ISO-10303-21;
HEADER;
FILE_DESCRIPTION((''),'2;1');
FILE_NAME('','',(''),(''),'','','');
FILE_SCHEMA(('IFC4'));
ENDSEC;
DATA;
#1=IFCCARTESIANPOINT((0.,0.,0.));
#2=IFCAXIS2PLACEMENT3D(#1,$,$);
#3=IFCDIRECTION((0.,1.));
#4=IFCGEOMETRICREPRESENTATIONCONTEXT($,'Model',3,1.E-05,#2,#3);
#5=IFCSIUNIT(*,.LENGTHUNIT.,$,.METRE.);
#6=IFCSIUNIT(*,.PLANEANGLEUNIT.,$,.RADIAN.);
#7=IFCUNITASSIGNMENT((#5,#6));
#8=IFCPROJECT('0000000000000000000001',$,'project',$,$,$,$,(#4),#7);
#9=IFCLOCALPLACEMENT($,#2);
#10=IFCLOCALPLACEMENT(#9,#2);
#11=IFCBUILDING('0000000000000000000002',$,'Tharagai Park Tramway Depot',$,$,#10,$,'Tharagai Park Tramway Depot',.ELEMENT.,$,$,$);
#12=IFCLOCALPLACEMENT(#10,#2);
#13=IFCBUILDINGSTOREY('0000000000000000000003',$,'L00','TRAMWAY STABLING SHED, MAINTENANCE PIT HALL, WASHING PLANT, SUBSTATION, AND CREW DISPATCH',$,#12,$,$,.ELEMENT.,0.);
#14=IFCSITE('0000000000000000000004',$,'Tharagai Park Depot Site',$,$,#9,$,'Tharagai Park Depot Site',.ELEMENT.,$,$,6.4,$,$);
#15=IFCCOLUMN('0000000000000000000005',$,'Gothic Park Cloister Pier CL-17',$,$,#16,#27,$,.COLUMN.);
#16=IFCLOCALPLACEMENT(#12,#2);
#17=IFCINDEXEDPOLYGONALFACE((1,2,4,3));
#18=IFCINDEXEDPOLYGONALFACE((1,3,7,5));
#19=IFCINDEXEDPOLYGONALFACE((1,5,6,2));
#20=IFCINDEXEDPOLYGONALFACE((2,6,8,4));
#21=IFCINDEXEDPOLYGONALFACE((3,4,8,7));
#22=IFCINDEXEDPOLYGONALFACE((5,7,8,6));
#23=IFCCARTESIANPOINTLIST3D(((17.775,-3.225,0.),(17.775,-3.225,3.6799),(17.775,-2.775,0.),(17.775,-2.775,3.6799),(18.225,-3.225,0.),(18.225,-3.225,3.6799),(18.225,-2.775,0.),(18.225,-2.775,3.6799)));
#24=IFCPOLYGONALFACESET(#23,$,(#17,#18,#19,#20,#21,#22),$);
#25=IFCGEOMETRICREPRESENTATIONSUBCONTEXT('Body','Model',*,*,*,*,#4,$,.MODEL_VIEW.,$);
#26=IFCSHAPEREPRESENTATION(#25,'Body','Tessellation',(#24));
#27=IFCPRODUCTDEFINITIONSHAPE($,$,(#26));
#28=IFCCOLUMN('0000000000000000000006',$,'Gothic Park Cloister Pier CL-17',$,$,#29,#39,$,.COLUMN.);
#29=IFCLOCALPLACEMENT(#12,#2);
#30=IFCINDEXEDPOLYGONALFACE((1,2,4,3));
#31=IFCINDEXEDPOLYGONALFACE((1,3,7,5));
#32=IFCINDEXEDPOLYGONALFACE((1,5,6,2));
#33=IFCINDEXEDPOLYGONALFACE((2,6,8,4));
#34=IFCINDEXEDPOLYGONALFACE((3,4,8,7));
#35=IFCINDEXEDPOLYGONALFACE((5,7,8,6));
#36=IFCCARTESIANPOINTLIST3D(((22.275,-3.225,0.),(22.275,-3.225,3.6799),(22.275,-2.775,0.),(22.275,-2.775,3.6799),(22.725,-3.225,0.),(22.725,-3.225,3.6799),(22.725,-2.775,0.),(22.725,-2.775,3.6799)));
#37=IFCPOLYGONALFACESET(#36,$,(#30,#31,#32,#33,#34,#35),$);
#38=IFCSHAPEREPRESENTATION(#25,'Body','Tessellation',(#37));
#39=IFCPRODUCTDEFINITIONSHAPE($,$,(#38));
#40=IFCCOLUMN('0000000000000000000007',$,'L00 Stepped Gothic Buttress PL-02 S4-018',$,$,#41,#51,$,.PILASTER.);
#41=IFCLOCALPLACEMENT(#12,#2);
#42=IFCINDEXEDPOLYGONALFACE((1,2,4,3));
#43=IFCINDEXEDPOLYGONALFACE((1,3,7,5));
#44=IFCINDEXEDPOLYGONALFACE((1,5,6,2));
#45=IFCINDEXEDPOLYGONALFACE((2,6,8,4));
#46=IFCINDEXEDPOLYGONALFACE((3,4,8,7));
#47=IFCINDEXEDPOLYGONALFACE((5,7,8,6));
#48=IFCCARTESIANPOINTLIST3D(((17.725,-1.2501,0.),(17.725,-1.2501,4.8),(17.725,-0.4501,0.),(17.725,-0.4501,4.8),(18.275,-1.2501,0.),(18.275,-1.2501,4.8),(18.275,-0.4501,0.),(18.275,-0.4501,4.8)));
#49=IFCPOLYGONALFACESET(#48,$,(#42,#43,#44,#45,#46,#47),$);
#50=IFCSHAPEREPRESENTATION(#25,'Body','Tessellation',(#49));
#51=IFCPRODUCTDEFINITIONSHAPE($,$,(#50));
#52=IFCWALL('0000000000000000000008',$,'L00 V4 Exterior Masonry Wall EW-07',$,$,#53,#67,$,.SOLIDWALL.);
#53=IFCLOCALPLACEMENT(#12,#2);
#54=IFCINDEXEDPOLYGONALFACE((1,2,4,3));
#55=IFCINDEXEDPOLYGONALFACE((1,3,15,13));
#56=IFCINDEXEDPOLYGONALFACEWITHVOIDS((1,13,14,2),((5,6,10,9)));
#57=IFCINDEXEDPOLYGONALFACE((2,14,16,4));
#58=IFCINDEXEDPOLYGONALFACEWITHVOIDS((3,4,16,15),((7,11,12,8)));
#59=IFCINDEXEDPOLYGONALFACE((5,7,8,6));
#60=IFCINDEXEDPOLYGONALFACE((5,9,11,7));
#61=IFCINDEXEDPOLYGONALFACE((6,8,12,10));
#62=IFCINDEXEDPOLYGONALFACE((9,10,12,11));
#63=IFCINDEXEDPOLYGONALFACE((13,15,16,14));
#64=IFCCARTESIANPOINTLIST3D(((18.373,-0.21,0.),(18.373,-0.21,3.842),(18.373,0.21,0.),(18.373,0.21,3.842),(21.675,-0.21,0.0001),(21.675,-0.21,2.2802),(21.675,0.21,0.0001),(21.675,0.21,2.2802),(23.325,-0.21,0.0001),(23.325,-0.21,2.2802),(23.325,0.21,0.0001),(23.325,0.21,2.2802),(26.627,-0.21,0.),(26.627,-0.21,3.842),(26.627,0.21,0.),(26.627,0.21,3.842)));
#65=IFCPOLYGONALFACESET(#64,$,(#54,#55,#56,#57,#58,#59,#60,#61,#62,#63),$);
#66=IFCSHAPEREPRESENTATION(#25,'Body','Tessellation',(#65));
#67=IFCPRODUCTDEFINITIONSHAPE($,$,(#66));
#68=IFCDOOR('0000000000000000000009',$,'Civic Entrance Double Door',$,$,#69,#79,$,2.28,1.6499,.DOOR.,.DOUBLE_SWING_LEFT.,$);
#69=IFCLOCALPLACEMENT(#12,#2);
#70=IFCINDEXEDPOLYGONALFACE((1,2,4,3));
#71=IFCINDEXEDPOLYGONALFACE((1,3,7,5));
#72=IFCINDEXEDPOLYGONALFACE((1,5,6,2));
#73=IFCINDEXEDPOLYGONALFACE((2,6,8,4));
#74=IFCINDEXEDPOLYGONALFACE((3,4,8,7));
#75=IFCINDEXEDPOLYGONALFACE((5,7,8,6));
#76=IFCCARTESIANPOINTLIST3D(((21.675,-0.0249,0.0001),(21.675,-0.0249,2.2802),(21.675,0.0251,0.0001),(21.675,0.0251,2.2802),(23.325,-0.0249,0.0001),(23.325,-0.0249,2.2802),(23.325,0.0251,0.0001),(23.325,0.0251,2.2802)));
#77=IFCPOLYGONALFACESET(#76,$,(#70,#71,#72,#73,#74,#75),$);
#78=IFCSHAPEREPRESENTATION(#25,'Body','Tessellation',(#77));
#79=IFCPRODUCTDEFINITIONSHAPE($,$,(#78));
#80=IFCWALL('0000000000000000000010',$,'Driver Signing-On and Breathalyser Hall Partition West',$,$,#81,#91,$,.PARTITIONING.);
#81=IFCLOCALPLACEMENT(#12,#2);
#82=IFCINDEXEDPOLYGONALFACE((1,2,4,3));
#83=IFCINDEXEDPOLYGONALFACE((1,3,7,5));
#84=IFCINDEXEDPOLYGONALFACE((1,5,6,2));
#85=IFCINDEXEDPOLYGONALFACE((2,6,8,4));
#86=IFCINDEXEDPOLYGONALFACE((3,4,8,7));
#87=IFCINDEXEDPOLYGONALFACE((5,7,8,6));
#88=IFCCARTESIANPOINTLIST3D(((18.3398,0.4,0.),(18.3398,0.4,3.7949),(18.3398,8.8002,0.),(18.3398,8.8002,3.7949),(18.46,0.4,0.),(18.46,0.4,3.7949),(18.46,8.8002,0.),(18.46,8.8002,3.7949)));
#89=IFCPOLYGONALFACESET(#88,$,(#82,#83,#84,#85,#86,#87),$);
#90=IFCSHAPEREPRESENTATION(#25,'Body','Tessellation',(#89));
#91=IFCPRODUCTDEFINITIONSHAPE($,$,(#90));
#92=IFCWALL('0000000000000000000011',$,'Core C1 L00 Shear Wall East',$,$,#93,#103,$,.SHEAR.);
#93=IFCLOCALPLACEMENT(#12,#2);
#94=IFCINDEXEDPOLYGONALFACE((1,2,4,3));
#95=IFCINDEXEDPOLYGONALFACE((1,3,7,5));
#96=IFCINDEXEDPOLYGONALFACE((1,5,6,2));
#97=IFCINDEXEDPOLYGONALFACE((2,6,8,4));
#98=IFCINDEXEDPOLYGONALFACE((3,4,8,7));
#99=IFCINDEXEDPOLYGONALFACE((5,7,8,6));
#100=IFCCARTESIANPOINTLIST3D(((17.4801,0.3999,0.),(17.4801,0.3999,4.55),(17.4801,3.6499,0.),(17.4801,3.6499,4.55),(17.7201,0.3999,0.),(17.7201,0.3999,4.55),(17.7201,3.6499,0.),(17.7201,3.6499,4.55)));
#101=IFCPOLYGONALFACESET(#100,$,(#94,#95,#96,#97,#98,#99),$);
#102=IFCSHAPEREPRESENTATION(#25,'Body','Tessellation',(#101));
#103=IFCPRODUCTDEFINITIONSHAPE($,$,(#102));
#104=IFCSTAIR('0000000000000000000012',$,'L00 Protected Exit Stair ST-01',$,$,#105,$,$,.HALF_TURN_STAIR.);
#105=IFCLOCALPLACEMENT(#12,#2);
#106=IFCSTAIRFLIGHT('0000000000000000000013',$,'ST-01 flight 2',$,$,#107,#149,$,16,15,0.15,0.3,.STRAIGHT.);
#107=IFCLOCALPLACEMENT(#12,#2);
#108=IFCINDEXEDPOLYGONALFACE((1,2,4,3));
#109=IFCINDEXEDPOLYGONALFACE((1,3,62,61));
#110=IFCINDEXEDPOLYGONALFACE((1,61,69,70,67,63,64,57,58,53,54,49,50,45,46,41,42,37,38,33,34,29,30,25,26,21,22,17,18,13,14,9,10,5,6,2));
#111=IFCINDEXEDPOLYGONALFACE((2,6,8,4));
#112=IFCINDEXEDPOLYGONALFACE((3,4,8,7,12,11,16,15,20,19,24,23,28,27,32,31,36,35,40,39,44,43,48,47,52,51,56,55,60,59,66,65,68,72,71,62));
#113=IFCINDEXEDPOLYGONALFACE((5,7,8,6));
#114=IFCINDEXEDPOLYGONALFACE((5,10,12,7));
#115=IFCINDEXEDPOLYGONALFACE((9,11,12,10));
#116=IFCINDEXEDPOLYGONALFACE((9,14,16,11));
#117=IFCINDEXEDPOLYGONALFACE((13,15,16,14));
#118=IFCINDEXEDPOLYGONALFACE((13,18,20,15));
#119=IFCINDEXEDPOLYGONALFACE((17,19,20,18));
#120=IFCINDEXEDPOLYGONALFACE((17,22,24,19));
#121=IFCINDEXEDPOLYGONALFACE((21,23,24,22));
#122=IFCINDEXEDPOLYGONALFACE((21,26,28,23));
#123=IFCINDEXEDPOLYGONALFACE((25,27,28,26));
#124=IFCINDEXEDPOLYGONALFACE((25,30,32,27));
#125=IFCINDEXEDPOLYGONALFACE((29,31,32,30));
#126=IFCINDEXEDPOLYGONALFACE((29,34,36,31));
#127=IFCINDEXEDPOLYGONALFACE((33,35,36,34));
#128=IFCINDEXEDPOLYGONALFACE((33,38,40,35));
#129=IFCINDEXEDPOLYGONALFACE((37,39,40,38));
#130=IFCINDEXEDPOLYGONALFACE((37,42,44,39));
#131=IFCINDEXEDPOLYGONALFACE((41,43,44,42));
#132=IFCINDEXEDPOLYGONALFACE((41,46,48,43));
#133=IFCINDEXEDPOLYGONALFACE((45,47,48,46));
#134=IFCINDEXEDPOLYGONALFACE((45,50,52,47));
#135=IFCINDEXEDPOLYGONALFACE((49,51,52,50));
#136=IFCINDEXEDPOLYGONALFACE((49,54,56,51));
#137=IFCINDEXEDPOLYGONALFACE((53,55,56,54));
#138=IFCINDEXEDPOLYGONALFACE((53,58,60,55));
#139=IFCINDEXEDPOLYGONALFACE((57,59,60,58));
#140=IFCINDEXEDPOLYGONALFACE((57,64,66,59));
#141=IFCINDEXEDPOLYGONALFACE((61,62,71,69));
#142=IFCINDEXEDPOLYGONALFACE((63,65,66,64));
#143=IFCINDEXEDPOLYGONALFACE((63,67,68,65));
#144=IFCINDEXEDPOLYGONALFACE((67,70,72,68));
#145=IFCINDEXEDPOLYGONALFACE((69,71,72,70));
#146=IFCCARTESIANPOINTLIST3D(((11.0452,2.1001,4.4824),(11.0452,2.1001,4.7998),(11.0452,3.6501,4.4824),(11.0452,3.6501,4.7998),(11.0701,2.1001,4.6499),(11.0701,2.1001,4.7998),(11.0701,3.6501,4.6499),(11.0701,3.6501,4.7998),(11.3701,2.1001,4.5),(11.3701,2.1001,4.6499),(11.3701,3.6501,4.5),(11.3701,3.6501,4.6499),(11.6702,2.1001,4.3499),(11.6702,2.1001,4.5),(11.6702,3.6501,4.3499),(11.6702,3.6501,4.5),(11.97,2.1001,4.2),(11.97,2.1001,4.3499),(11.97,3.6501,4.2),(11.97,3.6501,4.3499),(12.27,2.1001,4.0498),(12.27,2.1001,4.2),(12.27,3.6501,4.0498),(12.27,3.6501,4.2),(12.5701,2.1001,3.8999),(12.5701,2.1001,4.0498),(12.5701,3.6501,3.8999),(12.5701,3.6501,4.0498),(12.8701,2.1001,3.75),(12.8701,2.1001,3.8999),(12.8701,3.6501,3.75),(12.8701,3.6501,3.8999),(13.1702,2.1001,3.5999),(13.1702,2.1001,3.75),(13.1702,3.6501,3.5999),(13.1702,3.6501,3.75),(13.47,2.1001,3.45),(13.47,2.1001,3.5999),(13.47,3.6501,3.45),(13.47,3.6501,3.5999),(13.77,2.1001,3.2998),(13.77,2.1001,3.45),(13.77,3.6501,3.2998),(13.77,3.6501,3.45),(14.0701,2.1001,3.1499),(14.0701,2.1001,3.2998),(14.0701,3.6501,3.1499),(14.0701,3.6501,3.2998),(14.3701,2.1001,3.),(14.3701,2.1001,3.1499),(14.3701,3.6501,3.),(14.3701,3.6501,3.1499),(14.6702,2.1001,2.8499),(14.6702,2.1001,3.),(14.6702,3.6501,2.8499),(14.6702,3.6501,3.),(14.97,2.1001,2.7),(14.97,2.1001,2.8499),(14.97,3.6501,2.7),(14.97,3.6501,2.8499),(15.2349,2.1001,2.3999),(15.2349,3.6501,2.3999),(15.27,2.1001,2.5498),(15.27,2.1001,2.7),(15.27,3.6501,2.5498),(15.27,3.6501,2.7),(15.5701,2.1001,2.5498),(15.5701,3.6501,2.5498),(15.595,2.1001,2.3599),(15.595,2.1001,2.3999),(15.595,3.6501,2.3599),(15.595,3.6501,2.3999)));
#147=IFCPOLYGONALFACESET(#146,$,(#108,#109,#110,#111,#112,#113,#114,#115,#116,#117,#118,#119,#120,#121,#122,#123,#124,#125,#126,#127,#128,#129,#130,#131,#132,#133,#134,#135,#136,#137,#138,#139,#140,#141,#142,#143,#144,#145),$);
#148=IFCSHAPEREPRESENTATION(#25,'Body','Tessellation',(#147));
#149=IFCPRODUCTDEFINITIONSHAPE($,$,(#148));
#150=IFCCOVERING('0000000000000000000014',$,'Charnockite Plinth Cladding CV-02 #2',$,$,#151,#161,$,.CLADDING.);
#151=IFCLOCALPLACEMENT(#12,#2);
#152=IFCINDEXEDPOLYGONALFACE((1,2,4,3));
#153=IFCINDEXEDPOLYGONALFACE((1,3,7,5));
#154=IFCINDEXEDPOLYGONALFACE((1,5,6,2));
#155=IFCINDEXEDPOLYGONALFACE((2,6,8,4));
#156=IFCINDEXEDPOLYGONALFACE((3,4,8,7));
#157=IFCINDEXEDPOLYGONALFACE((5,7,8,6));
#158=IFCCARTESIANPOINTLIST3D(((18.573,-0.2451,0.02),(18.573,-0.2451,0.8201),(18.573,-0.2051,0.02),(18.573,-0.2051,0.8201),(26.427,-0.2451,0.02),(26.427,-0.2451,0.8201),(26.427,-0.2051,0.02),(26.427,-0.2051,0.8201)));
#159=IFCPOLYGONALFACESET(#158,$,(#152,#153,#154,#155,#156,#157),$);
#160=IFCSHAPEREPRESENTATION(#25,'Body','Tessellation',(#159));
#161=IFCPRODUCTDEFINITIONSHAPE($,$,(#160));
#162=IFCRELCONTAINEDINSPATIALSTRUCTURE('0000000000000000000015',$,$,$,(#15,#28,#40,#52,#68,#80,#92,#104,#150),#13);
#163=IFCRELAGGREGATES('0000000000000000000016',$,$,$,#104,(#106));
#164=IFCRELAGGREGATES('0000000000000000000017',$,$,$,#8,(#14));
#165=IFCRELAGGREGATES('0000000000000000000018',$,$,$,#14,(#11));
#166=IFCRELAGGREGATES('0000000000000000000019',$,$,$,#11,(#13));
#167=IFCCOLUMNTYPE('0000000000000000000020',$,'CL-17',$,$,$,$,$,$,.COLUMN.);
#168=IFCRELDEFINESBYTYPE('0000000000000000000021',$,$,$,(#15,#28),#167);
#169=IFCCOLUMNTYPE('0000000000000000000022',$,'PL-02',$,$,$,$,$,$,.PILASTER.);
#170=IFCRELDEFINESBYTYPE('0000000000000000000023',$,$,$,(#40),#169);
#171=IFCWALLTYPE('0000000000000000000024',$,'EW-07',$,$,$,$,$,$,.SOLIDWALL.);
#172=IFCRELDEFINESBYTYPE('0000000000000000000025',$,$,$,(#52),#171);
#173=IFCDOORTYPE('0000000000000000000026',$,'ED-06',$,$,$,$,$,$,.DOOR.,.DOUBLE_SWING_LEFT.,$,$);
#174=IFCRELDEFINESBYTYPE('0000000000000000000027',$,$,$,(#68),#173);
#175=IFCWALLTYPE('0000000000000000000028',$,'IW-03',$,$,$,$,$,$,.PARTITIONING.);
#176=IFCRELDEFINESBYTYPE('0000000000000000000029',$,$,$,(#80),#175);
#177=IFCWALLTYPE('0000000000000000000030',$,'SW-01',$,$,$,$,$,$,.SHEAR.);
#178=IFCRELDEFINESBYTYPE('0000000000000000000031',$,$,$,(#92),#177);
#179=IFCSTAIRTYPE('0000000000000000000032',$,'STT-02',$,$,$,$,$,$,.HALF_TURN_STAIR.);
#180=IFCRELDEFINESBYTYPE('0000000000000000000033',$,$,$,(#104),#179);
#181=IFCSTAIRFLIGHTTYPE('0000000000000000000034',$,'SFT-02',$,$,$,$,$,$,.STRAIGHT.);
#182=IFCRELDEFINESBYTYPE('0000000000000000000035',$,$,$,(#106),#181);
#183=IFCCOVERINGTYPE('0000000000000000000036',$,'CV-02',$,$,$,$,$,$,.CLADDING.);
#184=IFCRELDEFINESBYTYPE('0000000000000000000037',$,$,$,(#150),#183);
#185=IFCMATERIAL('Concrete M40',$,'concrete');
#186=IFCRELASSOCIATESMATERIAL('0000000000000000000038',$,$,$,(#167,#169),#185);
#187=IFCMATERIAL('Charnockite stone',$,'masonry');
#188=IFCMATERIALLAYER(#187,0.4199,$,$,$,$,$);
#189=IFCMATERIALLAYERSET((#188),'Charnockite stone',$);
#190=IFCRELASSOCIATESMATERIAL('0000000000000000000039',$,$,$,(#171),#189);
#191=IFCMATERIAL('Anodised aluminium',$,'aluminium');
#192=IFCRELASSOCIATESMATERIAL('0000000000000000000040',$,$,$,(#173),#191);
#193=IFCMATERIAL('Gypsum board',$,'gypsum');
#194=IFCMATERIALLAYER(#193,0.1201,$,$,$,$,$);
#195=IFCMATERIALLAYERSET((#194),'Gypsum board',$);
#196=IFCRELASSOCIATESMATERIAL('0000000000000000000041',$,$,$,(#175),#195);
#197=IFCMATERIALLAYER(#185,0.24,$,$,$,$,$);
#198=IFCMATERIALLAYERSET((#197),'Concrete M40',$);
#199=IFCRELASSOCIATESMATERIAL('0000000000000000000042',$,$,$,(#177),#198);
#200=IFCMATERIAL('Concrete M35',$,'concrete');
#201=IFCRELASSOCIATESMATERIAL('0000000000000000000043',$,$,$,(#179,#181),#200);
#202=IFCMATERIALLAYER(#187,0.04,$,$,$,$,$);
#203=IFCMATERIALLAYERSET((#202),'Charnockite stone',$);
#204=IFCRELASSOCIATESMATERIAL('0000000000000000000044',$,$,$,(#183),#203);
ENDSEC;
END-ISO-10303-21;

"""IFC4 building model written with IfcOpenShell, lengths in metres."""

from ifc_helpers import new_model, si_unit, direction, frame, frame_2d, origin, origin_2d, place, context, subcontext, project, spatial, polyline, rectangle, outline, extrude, material, layer, layer_set, material_profile, profile_set, type_object, element, fill, aggregate, save


model = new_model("IFC4")

# Units and contexts
model_context = context("Model", 3, precision=1e-05, world=origin(), true_north=direction((0.0, 1.0)))
body_context = subcontext(model_context, "Body", "Model", "MODEL_VIEW")
ifc_project = project(units=[si_unit("LENGTHUNIT", "METRE"), si_unit("PLANEANGLEUNIT", "RADIAN")], contexts=[model_context])

# Site, building, storey
site_placement = place(None, origin())
site = spatial("IfcSite", under=ifc_project, at=site_placement, Name="Tharagai Park Depot Site", LongName="Tharagai Park Depot Site", CompositionType="ELEMENT", RefElevation=6.4)
building_placement = place(site_placement, origin())
building = spatial("IfcBuilding", under=site, at=building_placement, Name="Tharagai Park Tramway Depot", LongName="Tharagai Park Tramway Depot", CompositionType="ELEMENT")
storey_placement = place(building_placement, origin())
storey = spatial("IfcBuildingStorey", under=building, at=storey_placement, Name="L00", Description="TRAMWAY STABLING SHED, MAINTENANCE PIT HALL, WASHING PLANT, SUBSTATION, AND CREW DISPATCH", CompositionType="ELEMENT", Elevation=0.0)

# Shared definitions
ifc_material_1 = material(Name="Concrete M40", Category="concrete")

# Columns
ifc_material_profile_1 = material_profile(ifc_material_1, rectangle(XDim=0.45, YDim=0.45, at=origin_2d()), Name="RC 450x450")
ifc_profile_set_1 = profile_set([ifc_material_profile_1], Name="Concrete M40")
column_type_1 = type_object("IfcColumnType", Name="CL-17", PredefinedType="COLUMN", material=ifc_profile_set_1)
for number, where, z_axis, x_axis, name in (
    (1, (18.0, -3.0, 0.0), (0.0, 0.0, 1.0), (1.0, 0.0, 0.0), "Gothic Park Cloister Pier CL-17"),
    (2, (22.5, -3.0, 0.0), (0.0, 0.0, 1.0), (1.0, 0.0, 0.0), "Gothic Park Cloister Pier CL-17"),
):
    element("IfcColumn", number, at=place(storey_placement, frame(where, z_axis=z_axis, x_axis=x_axis)), inside=storey, type_object=column_type_1, Name=name, PredefinedType="COLUMN", context=body_context, shape_type="SweptSolid", body=[
        extrude(rectangle(XDim=0.45, YDim=0.45, at=origin_2d()), origin(), (0.0, 0.0, 1.0), 3.6799),
    ])
ifc_material_profile_2 = material_profile(ifc_material_1, rectangle(XDim=0.55, YDim=0.8, at=origin_2d()), Name="RC 550x800")
ifc_profile_set_2 = profile_set([ifc_material_profile_2], Name="Concrete M40")
column_type_2 = type_object("IfcColumnType", Name="PL-02", PredefinedType="PILASTER", material=ifc_profile_set_2)
column_1_placement = place(storey_placement, frame((18.0, -0.8501, 0.0), z_axis=(0.0, 0.0, 1.0), x_axis=(1.0, 0.0, 0.0)))
element("IfcColumn", 3, at=column_1_placement, inside=storey, type_object=column_type_2, Name="L00 Stepped Gothic Buttress PL-02 S4-018", PredefinedType="PILASTER", context=body_context, shape_type="SweptSolid", body=[
    extrude(rectangle(XDim=0.55, YDim=0.8, at=origin_2d()), origin(), (0.0, 0.0, 1.0), 4.8),
])

# Wall, opening, door
ifc_material_2 = material(Name="Charnockite stone", Category="masonry")
ifc_layer_1 = layer(ifc_material_2, 0.4199)
ifc_layer_set_1 = layer_set([ifc_layer_1], Name="Charnockite stone")
wall_type_1 = type_object("IfcWallType", Name="EW-07", PredefinedType="SOLIDWALL", material=ifc_layer_set_1)
wall_1_placement = place(storey_placement, frame((18.373, 0.0, 0.0), z_axis=(0.0, 0.0, 1.0), x_axis=(1.0, 0.0, 0.0)))
wall_1 = element("IfcWall", 4, at=wall_1_placement, inside=storey, type_object=wall_type_1, Name="L00 V4 Exterior Masonry Wall EW-07", PredefinedType="SOLIDWALL", context=body_context, shape_type="SweptSolid", body=[
    extrude(rectangle(XDim=8.2539, YDim=0.4199, at=frame_2d((4.127, 0.0))), origin(), (0.0, 0.0, 1.0), 3.842),
])
opening_placement = place(wall_1_placement, frame((3.302, 0.0, 0.0)))
opening = element("IfcOpeningElement", 5, at=opening_placement, cuts=wall_1, PredefinedType="OPENING", context=body_context, shape_type="SweptSolid", body=[
    extrude(rectangle(XDim=1.6499, YDim=2.28, at=frame_2d((0.825, 1.1401))), frame((0.0, 0.22, 0.0), z_axis=(0.0, -1.0, 0.0), x_axis=(1.0, 0.0, 0.0)), (0.0, 0.0, 1.0), 0.4399),
])
ifc_material_3 = material(Name="Anodised aluminium", Category="aluminium")
door_type = type_object("IfcDoorType", Name="ED-06", OperationType="DOUBLE_SWING_LEFT", PredefinedType="DOOR", material=ifc_material_3)
door_placement = place(opening_placement, frame((1.6499, 0.0, 0.0), z_axis=(0.0, 0.0, 1.0), x_axis=(-1.0, 0.0, 0.0)))
door = element("IfcDoor", 6, at=door_placement, inside=storey, type_object=door_type, Name="Civic Entrance Double Door", OperationType="DOUBLE_SWING_LEFT", OverallHeight=2.28, OverallWidth=1.6499, PredefinedType="DOOR", context=body_context, shape_type="SweptSolid", body=[
    extrude(rectangle(XDim=1.6499, YDim=2.28, at=frame_2d((0.825, 1.1401))), frame((0.0, 0.0249, 0.0), z_axis=(0.0, -1.0, 0.0), x_axis=(1.0, 0.0, 0.0)), (0.0, 0.0, 1.0), 0.05),
])
fill(opening, door)

# Walls
ifc_material_4 = material(Name="Gypsum board", Category="gypsum")
ifc_layer_2 = layer(ifc_material_4, 0.1201)
ifc_layer_set_2 = layer_set([ifc_layer_2], Name="Gypsum board")
wall_type_2 = type_object("IfcWallType", Name="IW-03", PredefinedType="PARTITIONING", material=ifc_layer_set_2)
wall_2_placement = place(storey_placement, frame((18.3999, 0.3999, 0.0), z_axis=(0.0, 0.0, 1.0), x_axis=(0.0, 1.0, 0.0)))
element("IfcWall", 7, at=wall_2_placement, inside=storey, type_object=wall_type_2, Name="Driver Signing-On and Breathalyser Hall Partition West", PredefinedType="PARTITIONING", context=body_context, shape_type="SweptSolid", body=[
    extrude(rectangle(XDim=8.4001, YDim=0.1201, at=frame_2d((4.2002, 0.0))), origin(), (0.0, 0.0, 1.0), 3.7949),
])
ifc_layer_3 = layer(ifc_material_1, 0.24)
ifc_layer_set_3 = layer_set([ifc_layer_3], Name="Concrete M40")
wall_type_3 = type_object("IfcWallType", Name="SW-01", PredefinedType="SHEAR", material=ifc_layer_set_3)
wall_3_placement = place(storey_placement, frame((17.6001, 0.3999, 0.0), z_axis=(0.0, 0.0, 1.0), x_axis=(0.0, 1.0, 0.0)))
element("IfcWall", 8, at=wall_3_placement, inside=storey, type_object=wall_type_3, Name="Core C1 L00 Shear Wall East", PredefinedType="SHEAR", context=body_context, shape_type="SweptSolid", body=[
    extrude(rectangle(XDim=3.25, YDim=0.24, at=frame_2d((1.625, 0.0))), origin(), (0.0, 0.0, 1.0), 4.55),
])

# Stair, stair flight
ifc_material_5 = material(Name="Concrete M35", Category="concrete")
stair_type = type_object("IfcStairType", Name="STT-02", PredefinedType="HALF_TURN_STAIR", material=ifc_material_5)
stair_placement = place(storey_placement, origin())
stair = element("IfcStair", 9, at=stair_placement, inside=storey, type_object=stair_type, Name="L00 Protected Exit Stair ST-01", PredefinedType="HALF_TURN_STAIR")
stair_flight_type = type_object("IfcStairFlightType", Name="SFT-02", PredefinedType="STRAIGHT", material=ifc_material_5)
stair_flight_placement = place(storey_placement, frame((15.5701, 2.875, 2.3999), z_axis=(0.0, 0.0, 1.0), x_axis=(-1.0, 0.0, 0.0)))
stair_flight = element("IfcStairFlight", 10, at=stair_flight_placement, type_object=stair_flight_type, Name="ST-01 flight 2", NumberOfRisers=16, NumberOfTreads=15, PredefinedType="STRAIGHT", RiserHeight=0.15, TreadLength=0.3, context=body_context, shape_type="SweptSolid", body=[
    extrude(outline(polyline([(-0.0249, 0.0), (0.0, 0.1499), (0.3, 0.1499), (0.3, 0.3), (0.6001, 0.3), (0.6001, 0.45), (0.8999, 0.45), (0.8999, 0.6001), (1.2, 0.6001), (1.2, 0.75), (1.5, 0.75), (1.5, 0.8999), (1.8, 0.8999), (1.8, 1.05), (2.1001, 1.05), (2.1001, 1.2), (2.3999, 1.2), (2.3999, 1.3501), (2.7, 1.3501), (2.7, 1.5), (3.0, 1.5), (3.0, 1.6499), (3.3, 1.6499), (3.3, 1.8), (3.6001, 1.8), (3.6001, 1.95), (3.8999, 1.95), (3.8999, 2.1001), (4.2, 2.1001), (4.2, 2.25), (4.5, 2.25), (4.5, 2.3999), (4.5249, 2.3999), (4.5249, 2.0825), (0.3352, 0.0), (-0.0249, -0.04), (-0.0249, 0.0)])), frame((0.0, 0.7749, 0.0), z_axis=(0.0, -1.0, 0.0), x_axis=(1.0, 0.0, 0.0)), (0.0, 0.0, 1.0), 1.55),
])
aggregate(stair, [stair_flight])

# Covering
ifc_layer_4 = layer(ifc_material_2, 0.04)
ifc_layer_set_4 = layer_set([ifc_layer_4], Name="Charnockite stone")
covering_type = type_object("IfcCoveringType", Name="CV-02", PredefinedType="CLADDING", material=ifc_layer_set_4)
covering_placement = place(storey_placement, frame((22.5, -0.2251, 0.02), z_axis=(0.0, 0.0, 1.0), x_axis=(1.0, 0.0, 0.0)))
element("IfcCovering", 11, at=covering_placement, inside=storey, type_object=covering_type, Name="Charnockite Plinth Cladding CV-02 #2", PredefinedType="CLADDING", context=body_context, shape_type="SweptSolid", body=[
    extrude(rectangle(XDim=7.854, YDim=0.04, at=origin_2d()), origin(), (0.0, 0.0, 1.0), 0.8),
])

save(model, "model.ifc")
